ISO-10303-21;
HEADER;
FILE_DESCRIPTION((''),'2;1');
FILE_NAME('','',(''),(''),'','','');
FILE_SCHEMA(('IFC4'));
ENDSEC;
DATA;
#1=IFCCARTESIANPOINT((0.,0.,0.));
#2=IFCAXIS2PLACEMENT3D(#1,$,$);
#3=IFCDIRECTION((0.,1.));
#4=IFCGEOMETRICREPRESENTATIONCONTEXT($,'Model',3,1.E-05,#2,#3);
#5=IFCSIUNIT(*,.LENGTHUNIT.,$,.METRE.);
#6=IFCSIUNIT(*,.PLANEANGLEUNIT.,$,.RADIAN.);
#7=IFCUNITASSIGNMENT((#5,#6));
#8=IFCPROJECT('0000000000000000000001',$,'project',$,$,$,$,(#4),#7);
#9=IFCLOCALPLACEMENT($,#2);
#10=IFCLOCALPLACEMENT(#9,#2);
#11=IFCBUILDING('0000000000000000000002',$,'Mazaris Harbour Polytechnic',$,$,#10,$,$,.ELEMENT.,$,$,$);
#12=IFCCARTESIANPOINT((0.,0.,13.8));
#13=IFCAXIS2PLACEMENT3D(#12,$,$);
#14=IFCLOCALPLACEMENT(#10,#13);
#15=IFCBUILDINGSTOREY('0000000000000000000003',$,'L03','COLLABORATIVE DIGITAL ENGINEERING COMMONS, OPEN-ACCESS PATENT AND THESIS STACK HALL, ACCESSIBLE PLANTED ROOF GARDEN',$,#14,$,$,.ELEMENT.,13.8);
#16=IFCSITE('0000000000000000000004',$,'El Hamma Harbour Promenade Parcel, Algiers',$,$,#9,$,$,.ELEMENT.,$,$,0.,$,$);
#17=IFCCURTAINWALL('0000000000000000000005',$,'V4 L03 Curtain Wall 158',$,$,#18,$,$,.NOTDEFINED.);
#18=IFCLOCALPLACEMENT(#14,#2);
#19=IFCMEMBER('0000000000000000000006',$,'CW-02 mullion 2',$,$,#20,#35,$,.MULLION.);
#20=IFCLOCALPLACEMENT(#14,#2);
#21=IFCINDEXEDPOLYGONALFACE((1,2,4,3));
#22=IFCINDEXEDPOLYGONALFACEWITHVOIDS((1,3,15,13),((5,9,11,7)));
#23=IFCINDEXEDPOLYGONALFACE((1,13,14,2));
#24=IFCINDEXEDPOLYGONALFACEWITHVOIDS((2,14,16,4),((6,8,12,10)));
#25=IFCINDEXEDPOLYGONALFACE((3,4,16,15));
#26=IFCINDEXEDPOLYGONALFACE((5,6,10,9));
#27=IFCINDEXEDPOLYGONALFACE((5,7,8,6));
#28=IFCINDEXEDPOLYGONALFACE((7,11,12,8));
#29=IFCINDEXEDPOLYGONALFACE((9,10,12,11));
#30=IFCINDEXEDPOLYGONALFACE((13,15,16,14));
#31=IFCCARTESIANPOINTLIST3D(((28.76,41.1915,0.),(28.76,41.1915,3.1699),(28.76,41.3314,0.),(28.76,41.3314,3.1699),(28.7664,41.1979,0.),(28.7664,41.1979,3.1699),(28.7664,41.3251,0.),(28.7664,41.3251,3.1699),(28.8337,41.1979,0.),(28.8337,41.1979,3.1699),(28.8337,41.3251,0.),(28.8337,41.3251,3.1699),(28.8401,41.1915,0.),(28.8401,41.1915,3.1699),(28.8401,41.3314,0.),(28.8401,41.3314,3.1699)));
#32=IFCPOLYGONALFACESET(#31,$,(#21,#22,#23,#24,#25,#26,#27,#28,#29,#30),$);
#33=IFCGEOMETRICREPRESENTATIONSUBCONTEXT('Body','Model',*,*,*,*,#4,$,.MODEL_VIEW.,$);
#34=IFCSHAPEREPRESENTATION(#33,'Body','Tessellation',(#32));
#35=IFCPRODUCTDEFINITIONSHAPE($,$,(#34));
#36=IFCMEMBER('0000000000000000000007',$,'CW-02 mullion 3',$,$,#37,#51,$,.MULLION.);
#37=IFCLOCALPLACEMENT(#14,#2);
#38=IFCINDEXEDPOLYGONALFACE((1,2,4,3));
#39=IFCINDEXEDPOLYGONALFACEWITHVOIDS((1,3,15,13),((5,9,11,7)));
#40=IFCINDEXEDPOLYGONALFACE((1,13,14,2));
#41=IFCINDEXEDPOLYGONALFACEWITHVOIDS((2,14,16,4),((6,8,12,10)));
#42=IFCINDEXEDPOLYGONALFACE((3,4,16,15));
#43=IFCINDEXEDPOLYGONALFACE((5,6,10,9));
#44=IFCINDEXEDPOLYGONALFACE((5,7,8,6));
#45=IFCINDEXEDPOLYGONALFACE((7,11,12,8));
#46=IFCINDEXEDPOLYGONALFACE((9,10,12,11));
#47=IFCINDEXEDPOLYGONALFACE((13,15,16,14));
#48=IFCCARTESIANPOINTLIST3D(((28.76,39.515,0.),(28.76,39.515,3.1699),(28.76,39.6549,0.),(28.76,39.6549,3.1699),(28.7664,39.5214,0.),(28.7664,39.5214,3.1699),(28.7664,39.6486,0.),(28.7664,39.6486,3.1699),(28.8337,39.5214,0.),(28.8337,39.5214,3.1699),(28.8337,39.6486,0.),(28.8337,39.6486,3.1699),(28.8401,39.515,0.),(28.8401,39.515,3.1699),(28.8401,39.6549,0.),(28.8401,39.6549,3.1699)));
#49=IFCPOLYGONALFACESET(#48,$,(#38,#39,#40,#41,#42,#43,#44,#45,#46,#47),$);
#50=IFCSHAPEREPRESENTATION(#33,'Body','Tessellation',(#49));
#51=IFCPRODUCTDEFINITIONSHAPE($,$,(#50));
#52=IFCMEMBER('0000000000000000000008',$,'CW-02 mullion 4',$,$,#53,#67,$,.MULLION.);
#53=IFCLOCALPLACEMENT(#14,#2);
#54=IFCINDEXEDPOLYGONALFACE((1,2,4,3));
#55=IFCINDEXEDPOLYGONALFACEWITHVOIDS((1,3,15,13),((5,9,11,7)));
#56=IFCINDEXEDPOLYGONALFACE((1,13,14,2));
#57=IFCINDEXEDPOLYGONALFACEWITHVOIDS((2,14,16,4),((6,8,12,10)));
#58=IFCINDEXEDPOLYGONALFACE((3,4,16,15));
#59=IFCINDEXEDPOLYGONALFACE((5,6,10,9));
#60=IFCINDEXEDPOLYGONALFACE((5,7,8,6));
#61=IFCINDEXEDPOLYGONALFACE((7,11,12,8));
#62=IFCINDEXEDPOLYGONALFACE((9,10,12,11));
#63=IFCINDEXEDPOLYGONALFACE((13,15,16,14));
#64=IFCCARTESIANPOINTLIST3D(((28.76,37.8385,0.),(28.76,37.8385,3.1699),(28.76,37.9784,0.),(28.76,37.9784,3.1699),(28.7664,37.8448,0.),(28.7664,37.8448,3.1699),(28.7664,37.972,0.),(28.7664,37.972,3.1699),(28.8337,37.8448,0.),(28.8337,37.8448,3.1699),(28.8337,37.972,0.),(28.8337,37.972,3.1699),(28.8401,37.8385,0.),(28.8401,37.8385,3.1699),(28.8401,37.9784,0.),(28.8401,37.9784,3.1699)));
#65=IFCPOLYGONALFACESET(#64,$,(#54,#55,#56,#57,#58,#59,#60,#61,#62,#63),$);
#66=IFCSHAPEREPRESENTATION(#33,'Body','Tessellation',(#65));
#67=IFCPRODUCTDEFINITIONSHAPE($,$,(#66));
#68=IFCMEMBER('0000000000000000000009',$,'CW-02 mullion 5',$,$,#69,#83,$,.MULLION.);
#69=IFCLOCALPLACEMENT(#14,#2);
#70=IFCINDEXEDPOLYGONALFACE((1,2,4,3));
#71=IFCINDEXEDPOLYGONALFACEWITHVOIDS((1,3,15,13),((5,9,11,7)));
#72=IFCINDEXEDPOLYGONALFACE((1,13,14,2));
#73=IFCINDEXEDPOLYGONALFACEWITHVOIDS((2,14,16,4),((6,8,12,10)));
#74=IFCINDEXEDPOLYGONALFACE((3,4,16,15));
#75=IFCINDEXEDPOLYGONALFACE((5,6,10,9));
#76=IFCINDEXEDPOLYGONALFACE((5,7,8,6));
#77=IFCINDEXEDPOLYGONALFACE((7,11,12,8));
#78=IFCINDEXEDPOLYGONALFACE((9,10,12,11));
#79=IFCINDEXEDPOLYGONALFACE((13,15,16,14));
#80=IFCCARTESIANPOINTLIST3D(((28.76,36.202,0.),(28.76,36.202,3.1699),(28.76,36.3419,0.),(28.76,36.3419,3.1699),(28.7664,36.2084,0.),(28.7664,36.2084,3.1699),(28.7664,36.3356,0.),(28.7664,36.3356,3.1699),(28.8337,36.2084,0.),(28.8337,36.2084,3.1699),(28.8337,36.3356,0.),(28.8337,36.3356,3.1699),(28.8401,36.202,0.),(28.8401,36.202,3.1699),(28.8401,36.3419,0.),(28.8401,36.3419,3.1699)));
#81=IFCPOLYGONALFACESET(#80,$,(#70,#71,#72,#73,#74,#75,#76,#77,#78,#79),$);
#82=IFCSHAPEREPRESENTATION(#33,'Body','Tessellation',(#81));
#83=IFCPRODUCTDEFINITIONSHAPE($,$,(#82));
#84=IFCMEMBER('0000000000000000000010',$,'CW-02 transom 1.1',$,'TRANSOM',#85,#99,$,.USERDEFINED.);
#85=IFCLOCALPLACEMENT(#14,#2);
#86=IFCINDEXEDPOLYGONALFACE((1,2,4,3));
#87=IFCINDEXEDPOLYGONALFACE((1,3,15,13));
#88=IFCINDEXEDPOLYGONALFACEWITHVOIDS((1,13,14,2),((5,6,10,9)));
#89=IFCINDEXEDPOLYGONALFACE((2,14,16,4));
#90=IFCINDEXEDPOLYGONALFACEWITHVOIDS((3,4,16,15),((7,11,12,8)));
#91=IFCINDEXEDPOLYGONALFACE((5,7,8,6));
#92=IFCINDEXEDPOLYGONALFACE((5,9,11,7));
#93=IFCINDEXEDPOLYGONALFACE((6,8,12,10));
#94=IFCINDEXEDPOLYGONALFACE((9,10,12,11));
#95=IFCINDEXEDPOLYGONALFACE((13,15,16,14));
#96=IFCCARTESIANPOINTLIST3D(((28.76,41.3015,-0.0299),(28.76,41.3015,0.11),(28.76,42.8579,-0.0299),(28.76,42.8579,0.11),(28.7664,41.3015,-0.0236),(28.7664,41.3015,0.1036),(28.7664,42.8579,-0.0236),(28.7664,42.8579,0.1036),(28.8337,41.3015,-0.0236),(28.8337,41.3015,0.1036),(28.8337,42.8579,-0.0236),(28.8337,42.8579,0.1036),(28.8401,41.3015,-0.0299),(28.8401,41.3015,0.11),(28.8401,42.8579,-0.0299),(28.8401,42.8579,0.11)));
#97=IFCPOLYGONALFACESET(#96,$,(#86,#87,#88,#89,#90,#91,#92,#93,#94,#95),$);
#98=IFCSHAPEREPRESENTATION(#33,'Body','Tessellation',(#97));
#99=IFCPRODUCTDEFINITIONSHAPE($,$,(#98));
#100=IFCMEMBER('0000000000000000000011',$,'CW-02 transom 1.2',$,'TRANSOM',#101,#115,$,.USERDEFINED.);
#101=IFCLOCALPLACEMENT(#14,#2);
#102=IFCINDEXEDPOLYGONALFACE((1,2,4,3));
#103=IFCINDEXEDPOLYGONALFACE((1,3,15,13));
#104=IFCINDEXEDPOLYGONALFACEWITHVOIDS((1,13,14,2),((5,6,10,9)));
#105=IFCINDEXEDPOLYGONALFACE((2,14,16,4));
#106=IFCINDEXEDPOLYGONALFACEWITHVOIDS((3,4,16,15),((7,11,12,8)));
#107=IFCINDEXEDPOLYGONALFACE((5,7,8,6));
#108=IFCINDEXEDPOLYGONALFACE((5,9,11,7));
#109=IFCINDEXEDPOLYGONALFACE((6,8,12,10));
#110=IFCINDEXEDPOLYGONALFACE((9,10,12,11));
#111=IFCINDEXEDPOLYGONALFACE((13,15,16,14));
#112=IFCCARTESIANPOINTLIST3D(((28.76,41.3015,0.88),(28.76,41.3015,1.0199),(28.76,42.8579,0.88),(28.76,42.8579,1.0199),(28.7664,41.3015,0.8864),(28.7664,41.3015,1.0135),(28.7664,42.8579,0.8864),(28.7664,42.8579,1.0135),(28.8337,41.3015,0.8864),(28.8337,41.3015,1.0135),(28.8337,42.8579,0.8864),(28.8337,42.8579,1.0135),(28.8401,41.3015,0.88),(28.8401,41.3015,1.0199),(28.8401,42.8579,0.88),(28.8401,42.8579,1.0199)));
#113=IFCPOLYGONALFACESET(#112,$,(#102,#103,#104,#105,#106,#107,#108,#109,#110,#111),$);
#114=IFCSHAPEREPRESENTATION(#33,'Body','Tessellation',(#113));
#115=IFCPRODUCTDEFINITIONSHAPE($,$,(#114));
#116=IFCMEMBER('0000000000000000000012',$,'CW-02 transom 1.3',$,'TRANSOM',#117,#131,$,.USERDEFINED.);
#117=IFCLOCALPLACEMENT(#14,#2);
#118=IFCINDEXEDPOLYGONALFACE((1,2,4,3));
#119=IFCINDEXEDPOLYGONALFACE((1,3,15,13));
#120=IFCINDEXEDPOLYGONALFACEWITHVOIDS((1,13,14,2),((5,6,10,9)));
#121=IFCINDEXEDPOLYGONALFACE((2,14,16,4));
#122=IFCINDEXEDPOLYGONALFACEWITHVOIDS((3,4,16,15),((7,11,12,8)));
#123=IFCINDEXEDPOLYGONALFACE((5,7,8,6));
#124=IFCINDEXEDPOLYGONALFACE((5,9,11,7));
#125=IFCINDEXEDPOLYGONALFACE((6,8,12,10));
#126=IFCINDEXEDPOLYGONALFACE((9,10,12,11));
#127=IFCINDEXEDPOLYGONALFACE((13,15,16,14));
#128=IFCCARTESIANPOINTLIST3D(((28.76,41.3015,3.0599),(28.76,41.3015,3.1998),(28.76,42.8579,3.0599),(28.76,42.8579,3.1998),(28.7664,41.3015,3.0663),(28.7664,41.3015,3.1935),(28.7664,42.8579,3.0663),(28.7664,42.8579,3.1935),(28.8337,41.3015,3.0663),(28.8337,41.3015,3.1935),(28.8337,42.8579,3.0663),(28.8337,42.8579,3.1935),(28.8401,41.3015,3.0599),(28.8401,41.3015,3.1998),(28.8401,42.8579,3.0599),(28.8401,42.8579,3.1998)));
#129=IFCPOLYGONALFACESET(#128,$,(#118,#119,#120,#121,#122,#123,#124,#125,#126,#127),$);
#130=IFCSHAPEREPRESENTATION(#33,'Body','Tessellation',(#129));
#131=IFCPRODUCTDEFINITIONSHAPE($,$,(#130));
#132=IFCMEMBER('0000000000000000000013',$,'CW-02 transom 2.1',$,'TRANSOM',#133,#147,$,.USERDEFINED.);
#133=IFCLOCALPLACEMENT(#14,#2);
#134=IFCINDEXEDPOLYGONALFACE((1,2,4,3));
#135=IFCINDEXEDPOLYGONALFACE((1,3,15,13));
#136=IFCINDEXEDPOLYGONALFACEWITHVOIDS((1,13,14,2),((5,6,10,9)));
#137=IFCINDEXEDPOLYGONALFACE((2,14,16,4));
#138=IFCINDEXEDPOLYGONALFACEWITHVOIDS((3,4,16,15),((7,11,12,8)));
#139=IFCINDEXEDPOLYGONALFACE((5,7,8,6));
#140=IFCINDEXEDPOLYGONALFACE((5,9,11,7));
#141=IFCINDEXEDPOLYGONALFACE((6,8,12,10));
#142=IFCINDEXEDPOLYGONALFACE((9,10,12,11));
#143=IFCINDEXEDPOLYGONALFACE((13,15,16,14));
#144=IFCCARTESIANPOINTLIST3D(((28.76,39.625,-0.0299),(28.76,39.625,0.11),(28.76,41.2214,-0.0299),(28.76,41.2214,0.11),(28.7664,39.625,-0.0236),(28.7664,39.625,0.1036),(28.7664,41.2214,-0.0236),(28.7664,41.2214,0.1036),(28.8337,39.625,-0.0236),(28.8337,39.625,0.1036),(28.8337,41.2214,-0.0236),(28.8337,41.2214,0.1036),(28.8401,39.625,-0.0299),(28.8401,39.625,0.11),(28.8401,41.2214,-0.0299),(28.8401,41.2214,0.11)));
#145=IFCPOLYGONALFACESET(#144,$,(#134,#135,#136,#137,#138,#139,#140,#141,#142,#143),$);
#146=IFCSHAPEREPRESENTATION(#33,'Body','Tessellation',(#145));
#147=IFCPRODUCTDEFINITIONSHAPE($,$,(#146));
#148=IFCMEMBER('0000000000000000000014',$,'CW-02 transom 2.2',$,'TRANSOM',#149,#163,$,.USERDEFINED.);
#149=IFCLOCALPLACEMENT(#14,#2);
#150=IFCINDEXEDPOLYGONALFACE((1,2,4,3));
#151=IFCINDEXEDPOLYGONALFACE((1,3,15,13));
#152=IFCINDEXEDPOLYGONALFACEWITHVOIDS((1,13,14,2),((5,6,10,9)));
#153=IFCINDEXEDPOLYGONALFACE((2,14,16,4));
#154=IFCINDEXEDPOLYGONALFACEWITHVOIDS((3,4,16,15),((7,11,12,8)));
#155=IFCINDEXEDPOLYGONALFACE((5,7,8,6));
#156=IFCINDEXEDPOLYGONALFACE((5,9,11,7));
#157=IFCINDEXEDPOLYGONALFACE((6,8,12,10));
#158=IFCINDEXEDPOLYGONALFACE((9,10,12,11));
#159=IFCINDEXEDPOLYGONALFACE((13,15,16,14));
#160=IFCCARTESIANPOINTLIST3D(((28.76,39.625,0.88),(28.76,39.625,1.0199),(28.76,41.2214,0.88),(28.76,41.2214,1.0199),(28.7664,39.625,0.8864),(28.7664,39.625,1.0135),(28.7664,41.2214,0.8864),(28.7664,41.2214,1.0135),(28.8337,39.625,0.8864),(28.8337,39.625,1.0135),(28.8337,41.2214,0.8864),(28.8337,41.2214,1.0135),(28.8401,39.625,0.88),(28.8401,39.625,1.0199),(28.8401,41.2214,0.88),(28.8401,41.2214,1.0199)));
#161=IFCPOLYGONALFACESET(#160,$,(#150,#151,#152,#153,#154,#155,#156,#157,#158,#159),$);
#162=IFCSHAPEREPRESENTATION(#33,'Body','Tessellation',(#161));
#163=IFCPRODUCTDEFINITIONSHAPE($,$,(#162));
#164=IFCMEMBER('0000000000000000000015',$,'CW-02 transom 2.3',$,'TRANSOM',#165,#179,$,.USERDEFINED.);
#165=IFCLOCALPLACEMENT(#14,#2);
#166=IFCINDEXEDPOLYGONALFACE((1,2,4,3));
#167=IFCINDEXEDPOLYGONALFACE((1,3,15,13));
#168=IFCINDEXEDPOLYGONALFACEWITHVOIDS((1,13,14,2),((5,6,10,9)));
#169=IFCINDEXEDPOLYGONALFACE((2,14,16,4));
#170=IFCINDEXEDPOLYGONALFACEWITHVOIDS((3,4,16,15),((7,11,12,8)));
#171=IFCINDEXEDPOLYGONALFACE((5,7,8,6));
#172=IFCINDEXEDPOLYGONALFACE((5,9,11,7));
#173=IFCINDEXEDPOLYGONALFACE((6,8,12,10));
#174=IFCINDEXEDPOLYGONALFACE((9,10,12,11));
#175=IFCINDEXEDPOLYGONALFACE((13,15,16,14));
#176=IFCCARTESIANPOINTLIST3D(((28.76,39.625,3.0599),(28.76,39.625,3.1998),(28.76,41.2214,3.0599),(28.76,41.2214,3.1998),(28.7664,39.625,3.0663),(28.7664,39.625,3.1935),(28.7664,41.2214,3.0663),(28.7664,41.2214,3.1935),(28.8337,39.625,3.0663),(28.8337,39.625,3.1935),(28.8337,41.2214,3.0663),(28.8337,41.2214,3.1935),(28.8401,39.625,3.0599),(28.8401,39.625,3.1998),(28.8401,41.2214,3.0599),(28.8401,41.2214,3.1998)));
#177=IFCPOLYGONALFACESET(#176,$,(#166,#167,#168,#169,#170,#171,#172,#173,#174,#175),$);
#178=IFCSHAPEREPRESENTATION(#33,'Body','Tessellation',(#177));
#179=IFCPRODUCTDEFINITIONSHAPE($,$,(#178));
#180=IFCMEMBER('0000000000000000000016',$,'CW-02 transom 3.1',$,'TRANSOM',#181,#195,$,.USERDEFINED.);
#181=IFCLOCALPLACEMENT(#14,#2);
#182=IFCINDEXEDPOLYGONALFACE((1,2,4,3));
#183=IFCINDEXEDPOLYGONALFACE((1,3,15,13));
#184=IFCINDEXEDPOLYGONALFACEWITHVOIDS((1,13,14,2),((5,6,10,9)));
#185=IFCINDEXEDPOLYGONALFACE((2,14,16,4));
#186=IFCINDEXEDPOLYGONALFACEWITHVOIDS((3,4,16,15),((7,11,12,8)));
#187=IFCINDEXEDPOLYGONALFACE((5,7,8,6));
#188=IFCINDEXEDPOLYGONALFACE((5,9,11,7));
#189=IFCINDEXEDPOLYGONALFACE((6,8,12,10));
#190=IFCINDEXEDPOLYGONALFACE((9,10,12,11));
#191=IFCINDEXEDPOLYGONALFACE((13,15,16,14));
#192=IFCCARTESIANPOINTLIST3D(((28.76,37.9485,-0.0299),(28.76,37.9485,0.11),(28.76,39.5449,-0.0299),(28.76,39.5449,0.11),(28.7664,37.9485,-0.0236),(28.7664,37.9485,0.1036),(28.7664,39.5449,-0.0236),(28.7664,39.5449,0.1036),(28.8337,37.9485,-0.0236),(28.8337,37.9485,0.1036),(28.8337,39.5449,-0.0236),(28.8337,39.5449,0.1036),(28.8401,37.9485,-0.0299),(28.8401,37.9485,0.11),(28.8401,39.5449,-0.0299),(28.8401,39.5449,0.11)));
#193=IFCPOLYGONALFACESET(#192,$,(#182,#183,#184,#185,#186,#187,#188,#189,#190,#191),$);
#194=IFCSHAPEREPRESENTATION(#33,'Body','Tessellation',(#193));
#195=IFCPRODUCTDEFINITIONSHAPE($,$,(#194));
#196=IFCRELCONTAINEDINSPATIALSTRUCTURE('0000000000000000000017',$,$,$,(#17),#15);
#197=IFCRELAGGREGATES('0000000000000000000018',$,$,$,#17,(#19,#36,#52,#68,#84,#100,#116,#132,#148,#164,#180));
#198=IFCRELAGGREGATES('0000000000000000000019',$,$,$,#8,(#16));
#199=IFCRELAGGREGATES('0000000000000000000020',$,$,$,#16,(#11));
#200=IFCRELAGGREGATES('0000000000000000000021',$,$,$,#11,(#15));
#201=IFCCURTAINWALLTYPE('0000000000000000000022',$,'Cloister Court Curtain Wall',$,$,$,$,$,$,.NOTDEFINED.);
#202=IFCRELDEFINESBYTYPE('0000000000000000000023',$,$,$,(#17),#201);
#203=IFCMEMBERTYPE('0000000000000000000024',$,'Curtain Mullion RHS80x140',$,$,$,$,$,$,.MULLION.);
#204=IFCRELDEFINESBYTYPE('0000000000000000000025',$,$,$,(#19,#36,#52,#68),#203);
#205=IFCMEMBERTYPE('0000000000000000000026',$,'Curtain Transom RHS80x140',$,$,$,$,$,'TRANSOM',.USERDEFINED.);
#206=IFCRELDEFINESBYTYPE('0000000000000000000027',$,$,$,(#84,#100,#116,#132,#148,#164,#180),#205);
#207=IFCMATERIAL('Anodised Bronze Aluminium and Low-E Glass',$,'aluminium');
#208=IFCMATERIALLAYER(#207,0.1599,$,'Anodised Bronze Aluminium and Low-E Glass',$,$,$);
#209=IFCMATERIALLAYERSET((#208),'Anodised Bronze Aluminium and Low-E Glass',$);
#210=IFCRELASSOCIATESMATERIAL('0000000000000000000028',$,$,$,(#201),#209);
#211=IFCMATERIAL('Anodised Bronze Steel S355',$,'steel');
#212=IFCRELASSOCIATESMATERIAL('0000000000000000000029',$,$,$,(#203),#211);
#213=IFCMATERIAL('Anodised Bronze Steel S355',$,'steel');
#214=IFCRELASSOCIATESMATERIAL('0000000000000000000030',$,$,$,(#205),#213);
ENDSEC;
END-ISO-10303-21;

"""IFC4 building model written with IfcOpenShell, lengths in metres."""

from ifc_helpers import new_model, si_unit, direction, frame, origin, origin_2d, place, context, subcontext, project, spatial, hollow_rectangle, extrude, material, layer, layer_set, material_profile, profile_set, type_object, element, aggregate, save


model = new_model("IFC4")

# Units and contexts
model_context = context("Model", 3, precision=1e-05, world=origin(), true_north=direction((0.0, 1.0)))
body_context = subcontext(model_context, "Body", "Model", "MODEL_VIEW")
ifc_project = project(units=[si_unit("LENGTHUNIT", "METRE"), si_unit("PLANEANGLEUNIT", "RADIAN")], contexts=[model_context])

# Site, building, storey
site_placement = place(None, origin())
site = spatial("IfcSite", under=ifc_project, at=site_placement, Name="El Hamma Harbour Promenade Parcel, Algiers", CompositionType="ELEMENT", RefElevation=0.0)
building_placement = place(site_placement, origin())
building = spatial("IfcBuilding", under=site, at=building_placement, Name="Mazaris Harbour Polytechnic", CompositionType="ELEMENT")
storey_placement = place(building_placement, frame((0.0, 0.0, 13.8)))
storey = spatial("IfcBuildingStorey", under=building, at=storey_placement, Name="L03", Description="COLLABORATIVE DIGITAL ENGINEERING COMMONS, OPEN-ACCESS PATENT AND THESIS STACK HALL, ACCESSIBLE PLANTED ROOF GARDEN", CompositionType="ELEMENT", Elevation=13.8)

# Curtain wall, members
ifc_material_1 = material(Name="Anodised Bronze Aluminium and Low-E Glass", Category="aluminium")
ifc_layer_1 = layer(ifc_material_1, 0.1599, Name="Anodised Bronze Aluminium and Low-E Glass")
ifc_layer_set_1 = layer_set([ifc_layer_1], Name="Anodised Bronze Aluminium and Low-E Glass")
curtain_wall_type = type_object("IfcCurtainWallType", Name="Cloister Court Curtain Wall", PredefinedType="NOTDEFINED", material=ifc_layer_set_1)
curtain_wall_placement = place(storey_placement, origin())
curtain_wall = element("IfcCurtainWall", 1, at=curtain_wall_placement, inside=storey, type_object=curtain_wall_type, Name="V4 L03 Curtain Wall 158", PredefinedType="NOTDEFINED")
ifc_material_2 = material(Name="Anodised Bronze Steel S355", Category="steel")
ifc_material_profile_1 = material_profile(ifc_material_2, hollow_rectangle(XDim=0.0801, YDim=0.1399, WallThickness=0.0063, at=origin_2d()), Name="RHS 80x140x6.3")
ifc_profile_set_1 = profile_set([ifc_material_profile_1], Name="Anodised Bronze Steel S355")
member_type_1 = type_object("IfcMemberType", Name="Curtain Mullion RHS80x140", PredefinedType="MULLION", material=ifc_profile_set_1)
member_1_placement = place(storey_placement, frame((28.8, 41.2615, 0.0), z_axis=(0.0, 0.0, 1.0), x_axis=(1.0, 0.0, 0.0)))
member_1 = element("IfcMember", 2, at=member_1_placement, type_object=member_type_1, Name="CW-02 mullion 2", PredefinedType="MULLION", context=body_context, shape_type="SweptSolid", body=[
    extrude(hollow_rectangle(XDim=0.0801, YDim=0.1399, WallThickness=0.0063, at=origin_2d()), origin(), (0.0, 0.0, 1.0), 3.1699),
])
member_2_placement = place(storey_placement, frame((28.8, 39.585, 0.0), z_axis=(0.0, 0.0, 1.0), x_axis=(1.0, 0.0, 0.0)))
member_2 = element("IfcMember", 3, at=member_2_placement, type_object=member_type_1, Name="CW-02 mullion 3", PredefinedType="MULLION", context=body_context, shape_type="SweptSolid", body=[
    extrude(hollow_rectangle(XDim=0.0801, YDim=0.1399, WallThickness=0.0063, at=origin_2d()), origin(), (0.0, 0.0, 1.0), 3.1699),
])
member_3_placement = place(storey_placement, frame((28.8, 37.9084, 0.0), z_axis=(0.0, 0.0, 1.0), x_axis=(1.0, 0.0, 0.0)))
member_3 = element("IfcMember", 4, at=member_3_placement, type_object=member_type_1, Name="CW-02 mullion 4", PredefinedType="MULLION", context=body_context, shape_type="SweptSolid", body=[
    extrude(hollow_rectangle(XDim=0.0801, YDim=0.1399, WallThickness=0.0063, at=origin_2d()), origin(), (0.0, 0.0, 1.0), 3.1699),
])
member_4_placement = place(storey_placement, frame((28.8, 36.272, 0.0), z_axis=(0.0, 0.0, 1.0), x_axis=(1.0, 0.0, 0.0)))
member_4 = element("IfcMember", 5, at=member_4_placement, type_object=member_type_1, Name="CW-02 mullion 5", PredefinedType="MULLION", context=body_context, shape_type="SweptSolid", body=[
    extrude(hollow_rectangle(XDim=0.0801, YDim=0.1399, WallThickness=0.0063, at=origin_2d()), origin(), (0.0, 0.0, 1.0), 3.1699),
])
ifc_material_3 = material(Name="Anodised Bronze Steel S355", Category="steel")
ifc_material_profile_2 = material_profile(ifc_material_3, hollow_rectangle(XDim=0.0801, YDim=0.1399, WallThickness=0.0063, at=origin_2d()), Name="RHS 80x140x6.3")
ifc_profile_set_2 = profile_set([ifc_material_profile_2], Name="Anodised Bronze Steel S355")
member_type_2 = type_object("IfcMemberType", Name="Curtain Transom RHS80x140", ElementType="TRANSOM", PredefinedType="USERDEFINED", material=ifc_profile_set_2)
member_5_placement = place(storey_placement, frame((28.8, 42.8579, 0.04), z_axis=(0.0, -1.0, 0.0), x_axis=(1.0, 0.0, 0.0)))
member_5 = element("IfcMember", 6, at=member_5_placement, type_object=member_type_2, Name="CW-02 transom 1.1", ObjectType="TRANSOM", PredefinedType="USERDEFINED", context=body_context, shape_type="SweptSolid", body=[
    extrude(hollow_rectangle(XDim=0.0801, YDim=0.1399, WallThickness=0.0063, at=origin_2d()), origin(), (0.0, 0.0, 1.0), 1.5564),
])
member_6_placement = place(storey_placement, frame((28.8, 42.8579, 0.95), z_axis=(0.0, -1.0, 0.0), x_axis=(1.0, 0.0, 0.0)))
member_6 = element("IfcMember", 7, at=member_6_placement, type_object=member_type_2, Name="CW-02 transom 1.2", ObjectType="TRANSOM", PredefinedType="USERDEFINED", context=body_context, shape_type="SweptSolid", body=[
    extrude(hollow_rectangle(XDim=0.0801, YDim=0.1399, WallThickness=0.0063, at=origin_2d()), origin(), (0.0, 0.0, 1.0), 1.5564),
])
member_7_placement = place(storey_placement, frame((28.8, 42.8579, 3.1299), z_axis=(0.0, -1.0, 0.0), x_axis=(1.0, 0.0, 0.0)))
member_7 = element("IfcMember", 8, at=member_7_placement, type_object=member_type_2, Name="CW-02 transom 1.3", ObjectType="TRANSOM", PredefinedType="USERDEFINED", context=body_context, shape_type="SweptSolid", body=[
    extrude(hollow_rectangle(XDim=0.0801, YDim=0.1399, WallThickness=0.0063, at=origin_2d()), origin(), (0.0, 0.0, 1.0), 1.5564),
])
member_8_placement = place(storey_placement, frame((28.8, 41.2214, 0.04), z_axis=(0.0, -1.0, 0.0), x_axis=(1.0, 0.0, 0.0)))
member_8 = element("IfcMember", 9, at=member_8_placement, type_object=member_type_2, Name="CW-02 transom 2.1", ObjectType="TRANSOM", PredefinedType="USERDEFINED", context=body_context, shape_type="SweptSolid", body=[
    extrude(hollow_rectangle(XDim=0.0801, YDim=0.1399, WallThickness=0.0063, at=origin_2d()), origin(), (0.0, 0.0, 1.0), 1.5964),
])
member_9_placement = place(storey_placement, frame((28.8, 41.2214, 0.95), z_axis=(0.0, -1.0, 0.0), x_axis=(1.0, 0.0, 0.0)))
member_9 = element("IfcMember", 10, at=member_9_placement, type_object=member_type_2, Name="CW-02 transom 2.2", ObjectType="TRANSOM", PredefinedType="USERDEFINED", context=body_context, shape_type="SweptSolid", body=[
    extrude(hollow_rectangle(XDim=0.0801, YDim=0.1399, WallThickness=0.0063, at=origin_2d()), origin(), (0.0, 0.0, 1.0), 1.5964),
])
member_10_placement = place(storey_placement, frame((28.8, 41.2214, 3.1299), z_axis=(0.0, -1.0, 0.0), x_axis=(1.0, 0.0, 0.0)))
member_10 = element("IfcMember", 11, at=member_10_placement, type_object=member_type_2, Name="CW-02 transom 2.3", ObjectType="TRANSOM", PredefinedType="USERDEFINED", context=body_context, shape_type="SweptSolid", body=[
    extrude(hollow_rectangle(XDim=0.0801, YDim=0.1399, WallThickness=0.0063, at=origin_2d()), origin(), (0.0, 0.0, 1.0), 1.5964),
])
member_11_placement = place(storey_placement, frame((28.8, 39.5449, 0.04), z_axis=(0.0, -1.0, 0.0), x_axis=(1.0, 0.0, 0.0)))
member_11 = element("IfcMember", 12, at=member_11_placement, type_object=member_type_2, Name="CW-02 transom 3.1", ObjectType="TRANSOM", PredefinedType="USERDEFINED", context=body_context, shape_type="SweptSolid", body=[
    extrude(hollow_rectangle(XDim=0.0801, YDim=0.1399, WallThickness=0.0063, at=origin_2d()), origin(), (0.0, 0.0, 1.0), 1.5964),
])

aggregate(curtain_wall, [member_1, member_2, member_3, member_4, member_5, member_6, member_7, member_8, member_9, member_10, member_11])

save(model, "model.ifc")
